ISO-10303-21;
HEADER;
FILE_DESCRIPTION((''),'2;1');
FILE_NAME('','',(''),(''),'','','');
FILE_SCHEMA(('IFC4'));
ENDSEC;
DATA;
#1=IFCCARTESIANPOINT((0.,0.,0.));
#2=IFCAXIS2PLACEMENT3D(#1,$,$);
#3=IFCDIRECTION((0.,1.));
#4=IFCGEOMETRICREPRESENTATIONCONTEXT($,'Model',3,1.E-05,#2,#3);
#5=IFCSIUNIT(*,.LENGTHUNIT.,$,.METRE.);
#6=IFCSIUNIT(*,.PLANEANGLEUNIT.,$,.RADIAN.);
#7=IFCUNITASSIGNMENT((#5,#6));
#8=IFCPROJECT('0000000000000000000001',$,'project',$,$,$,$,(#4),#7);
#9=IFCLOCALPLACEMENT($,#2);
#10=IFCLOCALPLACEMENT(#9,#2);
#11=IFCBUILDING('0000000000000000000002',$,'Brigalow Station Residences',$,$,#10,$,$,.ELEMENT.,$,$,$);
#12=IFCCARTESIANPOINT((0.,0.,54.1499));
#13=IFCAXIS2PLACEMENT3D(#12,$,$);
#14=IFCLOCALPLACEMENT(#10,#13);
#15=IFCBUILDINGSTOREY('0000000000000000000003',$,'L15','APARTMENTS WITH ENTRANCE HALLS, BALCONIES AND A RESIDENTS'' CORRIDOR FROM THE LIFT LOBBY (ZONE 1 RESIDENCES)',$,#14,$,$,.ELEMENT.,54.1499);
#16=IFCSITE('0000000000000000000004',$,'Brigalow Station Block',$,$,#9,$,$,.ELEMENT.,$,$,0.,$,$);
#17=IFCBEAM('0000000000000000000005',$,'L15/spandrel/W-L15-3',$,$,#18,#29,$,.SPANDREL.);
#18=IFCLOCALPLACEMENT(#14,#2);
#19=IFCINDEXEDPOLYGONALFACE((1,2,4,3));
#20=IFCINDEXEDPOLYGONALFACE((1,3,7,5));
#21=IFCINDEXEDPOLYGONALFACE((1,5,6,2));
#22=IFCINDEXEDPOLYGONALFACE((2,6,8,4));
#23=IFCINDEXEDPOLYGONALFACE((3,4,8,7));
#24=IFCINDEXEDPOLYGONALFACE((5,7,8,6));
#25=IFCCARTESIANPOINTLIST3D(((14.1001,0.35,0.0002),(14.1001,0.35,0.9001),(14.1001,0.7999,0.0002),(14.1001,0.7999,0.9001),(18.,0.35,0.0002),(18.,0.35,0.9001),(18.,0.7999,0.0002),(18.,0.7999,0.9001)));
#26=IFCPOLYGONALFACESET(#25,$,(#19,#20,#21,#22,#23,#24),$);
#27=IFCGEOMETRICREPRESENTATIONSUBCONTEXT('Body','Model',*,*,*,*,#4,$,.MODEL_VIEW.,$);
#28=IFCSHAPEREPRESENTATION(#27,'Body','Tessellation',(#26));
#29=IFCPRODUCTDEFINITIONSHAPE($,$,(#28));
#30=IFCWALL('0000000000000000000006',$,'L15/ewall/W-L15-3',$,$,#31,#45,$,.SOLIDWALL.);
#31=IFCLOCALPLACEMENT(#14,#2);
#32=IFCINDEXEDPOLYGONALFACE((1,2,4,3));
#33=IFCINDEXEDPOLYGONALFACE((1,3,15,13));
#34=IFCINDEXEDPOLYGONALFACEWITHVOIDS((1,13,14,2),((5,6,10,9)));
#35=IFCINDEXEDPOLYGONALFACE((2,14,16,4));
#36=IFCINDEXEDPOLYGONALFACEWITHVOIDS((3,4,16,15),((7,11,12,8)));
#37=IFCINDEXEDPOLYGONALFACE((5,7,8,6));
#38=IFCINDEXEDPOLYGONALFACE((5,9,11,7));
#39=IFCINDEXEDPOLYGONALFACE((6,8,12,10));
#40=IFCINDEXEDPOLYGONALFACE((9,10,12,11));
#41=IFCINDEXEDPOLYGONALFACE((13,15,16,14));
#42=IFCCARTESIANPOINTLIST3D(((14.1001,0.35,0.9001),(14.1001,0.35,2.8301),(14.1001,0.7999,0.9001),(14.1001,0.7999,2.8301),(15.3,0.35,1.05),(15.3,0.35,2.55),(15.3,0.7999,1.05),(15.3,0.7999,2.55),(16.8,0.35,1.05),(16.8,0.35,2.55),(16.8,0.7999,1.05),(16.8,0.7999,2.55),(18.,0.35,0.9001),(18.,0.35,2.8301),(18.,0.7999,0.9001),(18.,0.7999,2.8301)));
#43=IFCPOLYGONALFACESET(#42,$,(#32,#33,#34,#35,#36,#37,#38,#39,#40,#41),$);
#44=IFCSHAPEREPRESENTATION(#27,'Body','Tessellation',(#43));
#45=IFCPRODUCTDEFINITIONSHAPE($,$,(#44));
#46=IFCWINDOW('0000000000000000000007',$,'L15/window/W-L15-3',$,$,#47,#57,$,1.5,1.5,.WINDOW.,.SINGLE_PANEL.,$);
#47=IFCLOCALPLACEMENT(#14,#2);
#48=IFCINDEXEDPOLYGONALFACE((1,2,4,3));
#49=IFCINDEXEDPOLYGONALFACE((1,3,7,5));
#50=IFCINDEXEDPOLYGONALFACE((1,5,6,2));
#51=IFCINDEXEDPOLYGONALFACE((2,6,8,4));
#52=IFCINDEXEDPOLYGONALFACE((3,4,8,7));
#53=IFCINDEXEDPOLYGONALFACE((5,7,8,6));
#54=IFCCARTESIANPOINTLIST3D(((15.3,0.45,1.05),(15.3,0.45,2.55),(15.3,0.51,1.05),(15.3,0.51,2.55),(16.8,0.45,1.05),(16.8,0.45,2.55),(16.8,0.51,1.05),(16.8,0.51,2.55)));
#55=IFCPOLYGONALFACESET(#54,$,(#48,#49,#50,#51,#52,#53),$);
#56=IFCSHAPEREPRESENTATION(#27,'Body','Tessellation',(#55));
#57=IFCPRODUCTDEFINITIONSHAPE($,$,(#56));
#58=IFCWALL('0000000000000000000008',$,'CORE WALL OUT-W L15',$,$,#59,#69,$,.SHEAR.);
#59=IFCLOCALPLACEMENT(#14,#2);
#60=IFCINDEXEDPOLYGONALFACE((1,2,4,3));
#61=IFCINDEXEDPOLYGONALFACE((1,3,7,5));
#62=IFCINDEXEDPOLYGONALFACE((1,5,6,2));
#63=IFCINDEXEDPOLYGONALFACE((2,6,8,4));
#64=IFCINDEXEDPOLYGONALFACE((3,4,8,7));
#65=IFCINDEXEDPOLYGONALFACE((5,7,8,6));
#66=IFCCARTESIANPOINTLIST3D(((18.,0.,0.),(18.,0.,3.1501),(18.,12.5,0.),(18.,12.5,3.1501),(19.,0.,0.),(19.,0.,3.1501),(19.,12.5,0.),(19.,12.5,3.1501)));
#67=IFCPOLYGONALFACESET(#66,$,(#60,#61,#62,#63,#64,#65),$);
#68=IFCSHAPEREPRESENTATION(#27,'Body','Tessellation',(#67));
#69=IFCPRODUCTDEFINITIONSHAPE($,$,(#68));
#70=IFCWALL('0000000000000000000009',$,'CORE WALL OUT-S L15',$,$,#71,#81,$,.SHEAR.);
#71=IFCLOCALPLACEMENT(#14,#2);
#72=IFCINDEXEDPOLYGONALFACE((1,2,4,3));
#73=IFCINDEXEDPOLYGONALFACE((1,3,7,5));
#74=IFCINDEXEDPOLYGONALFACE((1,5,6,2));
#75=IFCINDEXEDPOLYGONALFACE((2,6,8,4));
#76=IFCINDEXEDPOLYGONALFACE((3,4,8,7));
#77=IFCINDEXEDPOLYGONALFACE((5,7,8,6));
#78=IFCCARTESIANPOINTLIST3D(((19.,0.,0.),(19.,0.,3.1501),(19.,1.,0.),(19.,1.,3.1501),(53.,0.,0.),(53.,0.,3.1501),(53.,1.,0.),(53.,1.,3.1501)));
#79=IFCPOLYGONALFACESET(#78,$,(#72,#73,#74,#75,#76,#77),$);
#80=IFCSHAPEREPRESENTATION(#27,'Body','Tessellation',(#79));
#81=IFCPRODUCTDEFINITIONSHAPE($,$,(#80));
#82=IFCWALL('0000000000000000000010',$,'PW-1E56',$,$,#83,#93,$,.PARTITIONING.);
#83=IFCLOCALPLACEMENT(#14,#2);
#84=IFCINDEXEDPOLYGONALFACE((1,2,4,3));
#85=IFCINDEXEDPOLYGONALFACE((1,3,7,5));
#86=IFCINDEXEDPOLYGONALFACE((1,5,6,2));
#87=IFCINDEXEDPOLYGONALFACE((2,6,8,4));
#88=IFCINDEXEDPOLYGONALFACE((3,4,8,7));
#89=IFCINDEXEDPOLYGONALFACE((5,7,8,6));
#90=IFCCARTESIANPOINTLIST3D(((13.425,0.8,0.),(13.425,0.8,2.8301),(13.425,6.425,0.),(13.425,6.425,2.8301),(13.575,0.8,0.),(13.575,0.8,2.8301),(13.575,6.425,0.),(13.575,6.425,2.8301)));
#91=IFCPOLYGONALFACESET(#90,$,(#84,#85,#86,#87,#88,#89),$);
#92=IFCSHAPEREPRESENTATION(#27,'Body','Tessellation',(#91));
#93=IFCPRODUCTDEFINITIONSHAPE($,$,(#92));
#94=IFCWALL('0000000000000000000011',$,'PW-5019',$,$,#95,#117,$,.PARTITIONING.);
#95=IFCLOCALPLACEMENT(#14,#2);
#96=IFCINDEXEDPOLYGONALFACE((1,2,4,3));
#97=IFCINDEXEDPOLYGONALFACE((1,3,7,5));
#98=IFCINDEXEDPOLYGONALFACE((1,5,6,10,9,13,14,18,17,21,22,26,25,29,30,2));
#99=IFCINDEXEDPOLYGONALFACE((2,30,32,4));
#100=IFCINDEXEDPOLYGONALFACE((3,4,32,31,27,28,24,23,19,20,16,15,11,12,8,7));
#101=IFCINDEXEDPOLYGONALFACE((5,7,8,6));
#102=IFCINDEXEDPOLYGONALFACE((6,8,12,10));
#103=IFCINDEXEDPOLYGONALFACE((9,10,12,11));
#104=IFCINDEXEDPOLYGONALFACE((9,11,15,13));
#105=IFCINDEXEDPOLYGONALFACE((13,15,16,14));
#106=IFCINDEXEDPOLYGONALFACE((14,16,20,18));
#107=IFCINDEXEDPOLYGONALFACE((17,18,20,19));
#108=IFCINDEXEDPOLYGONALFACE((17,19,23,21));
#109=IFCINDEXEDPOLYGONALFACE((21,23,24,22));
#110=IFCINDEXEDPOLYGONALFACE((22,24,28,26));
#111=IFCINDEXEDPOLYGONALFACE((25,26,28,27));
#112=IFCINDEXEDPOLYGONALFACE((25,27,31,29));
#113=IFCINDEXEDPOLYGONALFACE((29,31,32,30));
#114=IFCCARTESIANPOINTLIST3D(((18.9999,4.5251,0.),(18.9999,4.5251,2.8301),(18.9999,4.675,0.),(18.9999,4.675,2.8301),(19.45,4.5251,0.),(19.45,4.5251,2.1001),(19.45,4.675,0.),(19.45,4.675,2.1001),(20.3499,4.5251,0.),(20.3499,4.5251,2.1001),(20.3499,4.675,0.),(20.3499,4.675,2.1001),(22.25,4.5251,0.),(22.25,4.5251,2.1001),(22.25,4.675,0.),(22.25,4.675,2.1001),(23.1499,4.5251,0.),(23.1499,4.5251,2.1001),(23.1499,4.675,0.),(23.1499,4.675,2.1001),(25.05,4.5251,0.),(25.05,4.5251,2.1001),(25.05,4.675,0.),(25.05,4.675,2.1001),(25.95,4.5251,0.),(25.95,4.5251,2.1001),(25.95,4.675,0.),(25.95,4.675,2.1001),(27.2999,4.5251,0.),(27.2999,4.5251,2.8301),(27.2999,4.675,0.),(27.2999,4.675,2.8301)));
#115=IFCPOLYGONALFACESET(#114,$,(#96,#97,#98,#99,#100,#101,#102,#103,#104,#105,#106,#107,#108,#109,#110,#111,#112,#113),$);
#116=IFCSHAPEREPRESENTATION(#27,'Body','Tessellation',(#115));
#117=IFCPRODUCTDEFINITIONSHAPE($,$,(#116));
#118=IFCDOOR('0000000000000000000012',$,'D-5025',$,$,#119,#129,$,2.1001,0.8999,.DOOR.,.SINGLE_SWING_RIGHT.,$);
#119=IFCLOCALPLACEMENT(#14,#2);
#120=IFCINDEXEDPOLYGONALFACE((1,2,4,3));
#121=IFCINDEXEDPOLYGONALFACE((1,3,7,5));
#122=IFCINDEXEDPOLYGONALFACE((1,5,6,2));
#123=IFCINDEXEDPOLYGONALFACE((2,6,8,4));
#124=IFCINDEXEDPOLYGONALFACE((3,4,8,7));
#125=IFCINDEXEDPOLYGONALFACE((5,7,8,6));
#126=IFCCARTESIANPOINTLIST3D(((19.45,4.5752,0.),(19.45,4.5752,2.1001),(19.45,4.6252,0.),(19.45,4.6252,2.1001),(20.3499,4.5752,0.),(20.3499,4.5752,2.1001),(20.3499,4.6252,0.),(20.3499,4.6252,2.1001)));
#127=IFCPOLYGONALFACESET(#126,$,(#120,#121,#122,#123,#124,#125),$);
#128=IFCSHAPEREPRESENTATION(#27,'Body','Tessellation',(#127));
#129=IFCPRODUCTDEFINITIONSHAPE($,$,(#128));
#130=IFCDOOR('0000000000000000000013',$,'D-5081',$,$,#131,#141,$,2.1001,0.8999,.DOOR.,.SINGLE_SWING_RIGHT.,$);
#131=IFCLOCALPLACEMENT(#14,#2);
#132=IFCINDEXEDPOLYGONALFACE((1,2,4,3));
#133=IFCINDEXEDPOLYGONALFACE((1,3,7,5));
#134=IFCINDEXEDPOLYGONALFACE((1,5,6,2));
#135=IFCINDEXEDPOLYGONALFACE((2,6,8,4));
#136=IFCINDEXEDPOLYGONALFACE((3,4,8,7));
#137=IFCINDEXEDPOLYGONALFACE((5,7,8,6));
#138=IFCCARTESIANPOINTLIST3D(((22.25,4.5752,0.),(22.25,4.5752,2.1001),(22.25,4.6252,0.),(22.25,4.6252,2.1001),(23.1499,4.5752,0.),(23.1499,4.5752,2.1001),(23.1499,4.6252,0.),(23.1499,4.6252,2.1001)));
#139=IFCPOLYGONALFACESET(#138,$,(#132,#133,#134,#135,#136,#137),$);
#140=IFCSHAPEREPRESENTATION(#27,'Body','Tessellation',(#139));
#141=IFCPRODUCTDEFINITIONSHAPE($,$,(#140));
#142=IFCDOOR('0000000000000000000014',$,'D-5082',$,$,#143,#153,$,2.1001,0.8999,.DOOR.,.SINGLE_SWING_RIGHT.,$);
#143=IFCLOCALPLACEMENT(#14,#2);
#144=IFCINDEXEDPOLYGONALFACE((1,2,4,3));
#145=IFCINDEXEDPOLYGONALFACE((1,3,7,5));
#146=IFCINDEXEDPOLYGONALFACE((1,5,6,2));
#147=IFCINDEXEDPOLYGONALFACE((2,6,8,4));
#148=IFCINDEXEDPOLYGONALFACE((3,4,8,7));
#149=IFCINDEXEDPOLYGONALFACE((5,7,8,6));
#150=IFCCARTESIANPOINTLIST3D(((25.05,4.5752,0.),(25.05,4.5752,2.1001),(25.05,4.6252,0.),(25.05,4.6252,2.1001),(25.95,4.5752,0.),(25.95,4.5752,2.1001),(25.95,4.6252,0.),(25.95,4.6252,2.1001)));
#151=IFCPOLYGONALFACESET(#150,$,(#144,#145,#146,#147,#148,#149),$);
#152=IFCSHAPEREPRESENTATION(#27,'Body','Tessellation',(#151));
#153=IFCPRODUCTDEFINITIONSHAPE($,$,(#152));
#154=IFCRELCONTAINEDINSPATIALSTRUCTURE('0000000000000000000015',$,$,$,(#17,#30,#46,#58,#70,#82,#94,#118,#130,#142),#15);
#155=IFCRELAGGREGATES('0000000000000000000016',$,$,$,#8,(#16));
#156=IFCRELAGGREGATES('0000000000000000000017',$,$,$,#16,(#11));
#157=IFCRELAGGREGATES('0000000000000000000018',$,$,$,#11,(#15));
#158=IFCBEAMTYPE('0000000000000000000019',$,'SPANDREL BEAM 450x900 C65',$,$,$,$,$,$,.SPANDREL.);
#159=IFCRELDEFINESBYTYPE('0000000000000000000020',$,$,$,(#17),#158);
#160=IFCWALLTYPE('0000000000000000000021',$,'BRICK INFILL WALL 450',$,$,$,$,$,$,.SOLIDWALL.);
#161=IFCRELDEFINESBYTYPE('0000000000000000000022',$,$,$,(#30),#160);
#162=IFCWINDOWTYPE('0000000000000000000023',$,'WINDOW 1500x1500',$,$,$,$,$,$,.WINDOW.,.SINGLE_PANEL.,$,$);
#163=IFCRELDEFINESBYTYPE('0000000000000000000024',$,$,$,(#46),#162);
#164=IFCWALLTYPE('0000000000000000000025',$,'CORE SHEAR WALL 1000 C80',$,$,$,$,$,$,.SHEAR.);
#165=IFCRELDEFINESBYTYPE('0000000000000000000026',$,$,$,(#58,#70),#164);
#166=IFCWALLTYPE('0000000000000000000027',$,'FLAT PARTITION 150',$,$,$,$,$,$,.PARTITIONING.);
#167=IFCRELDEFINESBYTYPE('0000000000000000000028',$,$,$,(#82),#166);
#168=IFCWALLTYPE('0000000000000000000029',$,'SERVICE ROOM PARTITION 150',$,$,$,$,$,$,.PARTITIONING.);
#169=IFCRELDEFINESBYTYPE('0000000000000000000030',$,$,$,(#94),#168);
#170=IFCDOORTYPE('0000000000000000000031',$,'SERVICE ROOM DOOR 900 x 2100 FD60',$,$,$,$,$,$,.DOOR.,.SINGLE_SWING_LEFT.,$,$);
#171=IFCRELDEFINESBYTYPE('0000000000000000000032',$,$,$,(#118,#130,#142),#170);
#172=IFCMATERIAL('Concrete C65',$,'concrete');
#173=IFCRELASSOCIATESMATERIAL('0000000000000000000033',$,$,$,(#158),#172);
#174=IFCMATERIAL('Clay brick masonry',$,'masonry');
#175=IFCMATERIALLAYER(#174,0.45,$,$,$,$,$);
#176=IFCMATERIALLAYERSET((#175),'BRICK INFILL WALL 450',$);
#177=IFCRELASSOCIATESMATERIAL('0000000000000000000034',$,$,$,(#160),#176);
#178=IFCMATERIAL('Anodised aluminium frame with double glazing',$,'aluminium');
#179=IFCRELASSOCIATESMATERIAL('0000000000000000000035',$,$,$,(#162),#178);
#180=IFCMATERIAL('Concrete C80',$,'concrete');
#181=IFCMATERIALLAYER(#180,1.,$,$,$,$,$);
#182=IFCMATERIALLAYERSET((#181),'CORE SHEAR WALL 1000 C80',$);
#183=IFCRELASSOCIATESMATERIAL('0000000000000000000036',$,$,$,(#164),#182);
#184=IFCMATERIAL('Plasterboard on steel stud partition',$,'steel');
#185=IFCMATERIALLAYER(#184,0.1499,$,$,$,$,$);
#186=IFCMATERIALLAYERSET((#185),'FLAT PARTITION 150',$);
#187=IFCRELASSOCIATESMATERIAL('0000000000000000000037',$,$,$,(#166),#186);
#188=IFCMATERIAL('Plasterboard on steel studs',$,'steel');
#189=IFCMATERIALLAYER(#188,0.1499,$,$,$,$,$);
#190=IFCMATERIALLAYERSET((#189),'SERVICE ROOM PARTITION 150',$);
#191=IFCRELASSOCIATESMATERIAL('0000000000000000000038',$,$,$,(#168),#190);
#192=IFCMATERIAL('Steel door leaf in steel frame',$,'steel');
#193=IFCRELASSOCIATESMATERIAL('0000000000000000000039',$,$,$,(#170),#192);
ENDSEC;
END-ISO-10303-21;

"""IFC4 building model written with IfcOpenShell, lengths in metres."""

from ifc_helpers import new_model, si_unit, direction, frame, frame_2d, origin, origin_2d, place, context, subcontext, project, spatial, rectangle, extrude, material, layer, layer_set, material_profile, profile_set, type_object, element, fill, save


model = new_model("IFC4")

# Units and contexts
model_context = context("Model", 3, precision=1e-05, world=origin(), true_north=direction((0.0, 1.0)))
body_context = subcontext(model_context, "Body", "Model", "MODEL_VIEW")
ifc_project = project(units=[si_unit("LENGTHUNIT", "METRE"), si_unit("PLANEANGLEUNIT", "RADIAN")], contexts=[model_context])

# Site, building, storey
site_placement = place(None, origin())
site = spatial("IfcSite", under=ifc_project, at=site_placement, Name="Brigalow Station Block", CompositionType="ELEMENT", RefElevation=0.0)
building_placement = place(site_placement, origin())
building = spatial("IfcBuilding", under=site, at=building_placement, Name="Brigalow Station Residences", CompositionType="ELEMENT")
storey_placement = place(building_placement, frame((0.0, 0.0, 54.1499)))
storey = spatial("IfcBuildingStorey", under=building, at=storey_placement, Name="L15", Description="APARTMENTS WITH ENTRANCE HALLS, BALCONIES AND A RESIDENTS' CORRIDOR FROM THE LIFT LOBBY (ZONE 1 RESIDENCES)", CompositionType="ELEMENT", Elevation=54.1499)

# Beam
ifc_material_1 = material(Name="Concrete C65", Category="concrete")
ifc_material_profile = material_profile(ifc_material_1, rectangle(XDim=0.45, YDim=0.8999, at=origin_2d()), Name="RC450x900")
ifc_profile_set = profile_set([ifc_material_profile], Name="Concrete C65")
beam_type = type_object("IfcBeamType", Name="SPANDREL BEAM 450x900 C65", PredefinedType="SPANDREL", material=ifc_profile_set)
beam_placement = place(storey_placement, frame((14.1001, 0.575, 0.4502), z_axis=(1.0, 0.0, 0.0), x_axis=(0.0, 1.0, 0.0)))
element("IfcBeam", 1, at=beam_placement, inside=storey, type_object=beam_type, Name="L15/spandrel/W-L15-3", PredefinedType="SPANDREL", context=body_context, shape_type="SweptSolid", body=[
    extrude(rectangle(XDim=0.45, YDim=0.8999, at=origin_2d()), origin(), (0.0, 0.0, 1.0), 3.8999),
])

# Wall, opening, window
ifc_material_2 = material(Name="Clay brick masonry", Category="masonry")
ifc_layer_1 = layer(ifc_material_2, 0.45)
ifc_layer_set_1 = layer_set([ifc_layer_1], Name="BRICK INFILL WALL 450")
wall_type_1 = type_object("IfcWallType", Name="BRICK INFILL WALL 450", PredefinedType="SOLIDWALL", material=ifc_layer_set_1)
wall_1_placement = place(storey_placement, frame((14.1001, 0.575, 0.9001), z_axis=(0.0, 0.0, 1.0), x_axis=(1.0, 0.0, 0.0)))
wall_1 = element("IfcWall", 2, at=wall_1_placement, inside=storey, type_object=wall_type_1, Name="L15/ewall/W-L15-3", PredefinedType="SOLIDWALL", context=body_context, shape_type="SweptSolid", body=[
    extrude(rectangle(XDim=3.8999, YDim=0.45, at=frame_2d((1.95, 0.0))), origin(), (0.0, 0.0, 1.0), 1.9299),
])
opening_1_placement = place(wall_1_placement, frame((1.2, 0.0, 0.1499)))
opening_1 = element("IfcOpeningElement", 3, at=opening_1_placement, cuts=wall_1, PredefinedType="OPENING", context=body_context, shape_type="SweptSolid", body=[
    extrude(rectangle(XDim=1.5, YDim=1.5, at=frame_2d((0.75, 0.75))), frame((0.0, 0.2349, 0.0), z_axis=(0.0, -1.0, 0.0), x_axis=(1.0, 0.0, 0.0)), (0.0, 0.0, 1.0), 0.47),
])
ifc_material_3 = material(Name="Anodised aluminium frame with double glazing", Category="aluminium")
window_type = type_object("IfcWindowType", Name="WINDOW 1500x1500", PartitioningType="SINGLE_PANEL", PredefinedType="WINDOW", material=ifc_material_3)
window_placement = place(opening_1_placement, origin())
window = element("IfcWindow", 4, at=window_placement, inside=storey, type_object=window_type, Name="L15/window/W-L15-3", OverallHeight=1.5, OverallWidth=1.5, PartitioningType="SINGLE_PANEL", PredefinedType="WINDOW", context=body_context, shape_type="SweptSolid", body=[
    extrude(rectangle(XDim=1.5, YDim=1.5, at=frame_2d((0.75, 0.75))), frame((0.0, -0.0649, 0.0), z_axis=(0.0, -1.0, 0.0), x_axis=(1.0, 0.0, 0.0)), (0.0, 0.0, 1.0), 0.0601),
])
fill(opening_1, window)

# Walls
ifc_material_4 = material(Name="Concrete C80", Category="concrete")
ifc_layer_2 = layer(ifc_material_4, 1.0)
ifc_layer_set_2 = layer_set([ifc_layer_2], Name="CORE SHEAR WALL 1000 C80")
wall_type_2 = type_object("IfcWallType", Name="CORE SHEAR WALL 1000 C80", PredefinedType="SHEAR", material=ifc_layer_set_2)
wall_2_placement = place(storey_placement, frame((18.5, 0.0, 0.0), z_axis=(0.0, 0.0, 1.0), x_axis=(0.0, 1.0, 0.0)))
element("IfcWall", 5, at=wall_2_placement, inside=storey, type_object=wall_type_2, Name="CORE WALL OUT-W L15", PredefinedType="SHEAR", context=body_context, shape_type="SweptSolid", body=[
    extrude(rectangle(XDim=12.5, YDim=1.0, at=frame_2d((6.25, 0.0))), origin(), (0.0, 0.0, 1.0), 3.1501),
])
wall_3_placement = place(storey_placement, frame((19.0, 0.5, 0.0), z_axis=(0.0, 0.0, 1.0), x_axis=(1.0, 0.0, 0.0)))
element("IfcWall", 6, at=wall_3_placement, inside=storey, type_object=wall_type_2, Name="CORE WALL OUT-S L15", PredefinedType="SHEAR", context=body_context, shape_type="SweptSolid", body=[
    extrude(rectangle(XDim=34.0, YDim=1.0, at=frame_2d((17.0, 0.0))), origin(), (0.0, 0.0, 1.0), 3.1501),
])
ifc_material_5 = material(Name="Plasterboard on steel stud partition", Category="steel")
ifc_layer_3 = layer(ifc_material_5, 0.1499)
ifc_layer_set_3 = layer_set([ifc_layer_3], Name="FLAT PARTITION 150")
wall_type_3 = type_object("IfcWallType", Name="FLAT PARTITION 150", PredefinedType="PARTITIONING", material=ifc_layer_set_3)
wall_4_placement = place(storey_placement, frame((13.5, 0.8, 0.0), z_axis=(0.0, 0.0, 1.0), x_axis=(0.0, 1.0, 0.0)))
element("IfcWall", 7, at=wall_4_placement, inside=storey, type_object=wall_type_3, Name="PW-1E56", PredefinedType="PARTITIONING", context=body_context, shape_type="SweptSolid", body=[
    extrude(rectangle(XDim=5.625, YDim=0.1499, at=frame_2d((2.8125, 0.0))), origin(), (0.0, 0.0, 1.0), 2.8301),
])

# Wall, openings, doors
ifc_material_6 = material(Name="Plasterboard on steel studs", Category="steel")
ifc_layer_4 = layer(ifc_material_6, 0.1499)
ifc_layer_set_4 = layer_set([ifc_layer_4], Name="SERVICE ROOM PARTITION 150")
wall_type_4 = type_object("IfcWallType", Name="SERVICE ROOM PARTITION 150", PredefinedType="PARTITIONING", material=ifc_layer_set_4)
wall_5_placement = place(storey_placement, frame((19.0, 4.6001, 0.0), z_axis=(0.0, 0.0, 1.0), x_axis=(1.0, 0.0, 0.0)))
wall_5 = element("IfcWall", 8, at=wall_5_placement, inside=storey, type_object=wall_type_4, Name="PW-5019", PredefinedType="PARTITIONING", context=body_context, shape_type="SweptSolid", body=[
    extrude(rectangle(XDim=8.3, YDim=0.1499, at=frame_2d((4.1499, 0.0))), origin(), (0.0, 0.0, 1.0), 2.8301),
])
opening_2_placement = place(wall_5_placement, frame((0.45, 0.0, 0.0)))
opening_2 = element("IfcOpeningElement", 9, at=opening_2_placement, cuts=wall_5, PredefinedType="OPENING", context=body_context, shape_type="SweptSolid", body=[
    extrude(rectangle(XDim=0.8999, YDim=2.1001, at=frame_2d((0.45, 1.05))), frame((0.0, 0.085, 0.0), z_axis=(0.0, -1.0, 0.0), x_axis=(1.0, 0.0, 0.0)), (0.0, 0.0, 1.0), 0.1699),
])
opening_3_placement = place(wall_5_placement, frame((3.25, 0.0, 0.0)))
opening_3 = element("IfcOpeningElement", 10, at=opening_3_placement, cuts=wall_5, PredefinedType="OPENING", context=body_context, shape_type="SweptSolid", body=[
    extrude(rectangle(XDim=0.8999, YDim=2.1001, at=frame_2d((0.45, 1.05))), frame((0.0, 0.085, 0.0), z_axis=(0.0, -1.0, 0.0), x_axis=(1.0, 0.0, 0.0)), (0.0, 0.0, 1.0), 0.1699),
])
opening_4_placement = place(wall_5_placement, frame((6.05, 0.0, 0.0)))
opening_4 = element("IfcOpeningElement", 11, at=opening_4_placement, cuts=wall_5, PredefinedType="OPENING", context=body_context, shape_type="SweptSolid", body=[
    extrude(rectangle(XDim=0.8999, YDim=2.1001, at=frame_2d((0.45, 1.05))), frame((0.0, 0.085, 0.0), z_axis=(0.0, -1.0, 0.0), x_axis=(1.0, 0.0, 0.0)), (0.0, 0.0, 1.0), 0.1699),
])
ifc_material_7 = material(Name="Steel door leaf in steel frame", Category="steel")
door_type = type_object("IfcDoorType", Name="SERVICE ROOM DOOR 900 x 2100 FD60", OperationType="SINGLE_SWING_LEFT", PredefinedType="DOOR", material=ifc_material_7)
door_1_placement = place(opening_2_placement, frame((0.8999, 0.0, 0.0), z_axis=(0.0, 0.0, 1.0), x_axis=(-1.0, 0.0, 0.0)))
door_1 = element("IfcDoor", 12, at=door_1_placement, inside=storey, type_object=door_type, Name="D-5025", OperationType="SINGLE_SWING_RIGHT", OverallHeight=2.1001, OverallWidth=0.8999, PredefinedType="DOOR", context=body_context, shape_type="SweptSolid", body=[
    extrude(rectangle(XDim=0.8999, YDim=2.1001, at=frame_2d((0.45, 1.05))), frame((0.0, 0.0249, 0.0), z_axis=(0.0, -1.0, 0.0), x_axis=(1.0, 0.0, 0.0)), (0.0, 0.0, 1.0), 0.05),
])
fill(opening_2, door_1)
door_2_placement = place(opening_3_placement, frame((0.8999, 0.0, 0.0), z_axis=(0.0, 0.0, 1.0), x_axis=(-1.0, 0.0, 0.0)))
door_2 = element("IfcDoor", 13, at=door_2_placement, inside=storey, type_object=door_type, Name="D-5081", OperationType="SINGLE_SWING_RIGHT", OverallHeight=2.1001, OverallWidth=0.8999, PredefinedType="DOOR", context=body_context, shape_type="SweptSolid", body=[
    extrude(rectangle(XDim=0.8999, YDim=2.1001, at=frame_2d((0.45, 1.05))), frame((0.0, 0.0249, 0.0), z_axis=(0.0, -1.0, 0.0), x_axis=(1.0, 0.0, 0.0)), (0.0, 0.0, 1.0), 0.05),
])
fill(opening_3, door_2)
door_3_placement = place(opening_4_placement, frame((0.8999, 0.0, 0.0), z_axis=(0.0, 0.0, 1.0), x_axis=(-1.0, 0.0, 0.0)))
door_3 = element("IfcDoor", 14, at=door_3_placement, inside=storey, type_object=door_type, Name="D-5082", OperationType="SINGLE_SWING_RIGHT", OverallHeight=2.1001, OverallWidth=0.8999, PredefinedType="DOOR", context=body_context, shape_type="SweptSolid", body=[
    extrude(rectangle(XDim=0.8999, YDim=2.1001, at=frame_2d((0.45, 1.05))), frame((0.0, 0.0249, 0.0), z_axis=(0.0, -1.0, 0.0), x_axis=(1.0, 0.0, 0.0)), (0.0, 0.0, 1.0), 0.05),
])
fill(opening_4, door_3)

save(model, "model.ifc")
